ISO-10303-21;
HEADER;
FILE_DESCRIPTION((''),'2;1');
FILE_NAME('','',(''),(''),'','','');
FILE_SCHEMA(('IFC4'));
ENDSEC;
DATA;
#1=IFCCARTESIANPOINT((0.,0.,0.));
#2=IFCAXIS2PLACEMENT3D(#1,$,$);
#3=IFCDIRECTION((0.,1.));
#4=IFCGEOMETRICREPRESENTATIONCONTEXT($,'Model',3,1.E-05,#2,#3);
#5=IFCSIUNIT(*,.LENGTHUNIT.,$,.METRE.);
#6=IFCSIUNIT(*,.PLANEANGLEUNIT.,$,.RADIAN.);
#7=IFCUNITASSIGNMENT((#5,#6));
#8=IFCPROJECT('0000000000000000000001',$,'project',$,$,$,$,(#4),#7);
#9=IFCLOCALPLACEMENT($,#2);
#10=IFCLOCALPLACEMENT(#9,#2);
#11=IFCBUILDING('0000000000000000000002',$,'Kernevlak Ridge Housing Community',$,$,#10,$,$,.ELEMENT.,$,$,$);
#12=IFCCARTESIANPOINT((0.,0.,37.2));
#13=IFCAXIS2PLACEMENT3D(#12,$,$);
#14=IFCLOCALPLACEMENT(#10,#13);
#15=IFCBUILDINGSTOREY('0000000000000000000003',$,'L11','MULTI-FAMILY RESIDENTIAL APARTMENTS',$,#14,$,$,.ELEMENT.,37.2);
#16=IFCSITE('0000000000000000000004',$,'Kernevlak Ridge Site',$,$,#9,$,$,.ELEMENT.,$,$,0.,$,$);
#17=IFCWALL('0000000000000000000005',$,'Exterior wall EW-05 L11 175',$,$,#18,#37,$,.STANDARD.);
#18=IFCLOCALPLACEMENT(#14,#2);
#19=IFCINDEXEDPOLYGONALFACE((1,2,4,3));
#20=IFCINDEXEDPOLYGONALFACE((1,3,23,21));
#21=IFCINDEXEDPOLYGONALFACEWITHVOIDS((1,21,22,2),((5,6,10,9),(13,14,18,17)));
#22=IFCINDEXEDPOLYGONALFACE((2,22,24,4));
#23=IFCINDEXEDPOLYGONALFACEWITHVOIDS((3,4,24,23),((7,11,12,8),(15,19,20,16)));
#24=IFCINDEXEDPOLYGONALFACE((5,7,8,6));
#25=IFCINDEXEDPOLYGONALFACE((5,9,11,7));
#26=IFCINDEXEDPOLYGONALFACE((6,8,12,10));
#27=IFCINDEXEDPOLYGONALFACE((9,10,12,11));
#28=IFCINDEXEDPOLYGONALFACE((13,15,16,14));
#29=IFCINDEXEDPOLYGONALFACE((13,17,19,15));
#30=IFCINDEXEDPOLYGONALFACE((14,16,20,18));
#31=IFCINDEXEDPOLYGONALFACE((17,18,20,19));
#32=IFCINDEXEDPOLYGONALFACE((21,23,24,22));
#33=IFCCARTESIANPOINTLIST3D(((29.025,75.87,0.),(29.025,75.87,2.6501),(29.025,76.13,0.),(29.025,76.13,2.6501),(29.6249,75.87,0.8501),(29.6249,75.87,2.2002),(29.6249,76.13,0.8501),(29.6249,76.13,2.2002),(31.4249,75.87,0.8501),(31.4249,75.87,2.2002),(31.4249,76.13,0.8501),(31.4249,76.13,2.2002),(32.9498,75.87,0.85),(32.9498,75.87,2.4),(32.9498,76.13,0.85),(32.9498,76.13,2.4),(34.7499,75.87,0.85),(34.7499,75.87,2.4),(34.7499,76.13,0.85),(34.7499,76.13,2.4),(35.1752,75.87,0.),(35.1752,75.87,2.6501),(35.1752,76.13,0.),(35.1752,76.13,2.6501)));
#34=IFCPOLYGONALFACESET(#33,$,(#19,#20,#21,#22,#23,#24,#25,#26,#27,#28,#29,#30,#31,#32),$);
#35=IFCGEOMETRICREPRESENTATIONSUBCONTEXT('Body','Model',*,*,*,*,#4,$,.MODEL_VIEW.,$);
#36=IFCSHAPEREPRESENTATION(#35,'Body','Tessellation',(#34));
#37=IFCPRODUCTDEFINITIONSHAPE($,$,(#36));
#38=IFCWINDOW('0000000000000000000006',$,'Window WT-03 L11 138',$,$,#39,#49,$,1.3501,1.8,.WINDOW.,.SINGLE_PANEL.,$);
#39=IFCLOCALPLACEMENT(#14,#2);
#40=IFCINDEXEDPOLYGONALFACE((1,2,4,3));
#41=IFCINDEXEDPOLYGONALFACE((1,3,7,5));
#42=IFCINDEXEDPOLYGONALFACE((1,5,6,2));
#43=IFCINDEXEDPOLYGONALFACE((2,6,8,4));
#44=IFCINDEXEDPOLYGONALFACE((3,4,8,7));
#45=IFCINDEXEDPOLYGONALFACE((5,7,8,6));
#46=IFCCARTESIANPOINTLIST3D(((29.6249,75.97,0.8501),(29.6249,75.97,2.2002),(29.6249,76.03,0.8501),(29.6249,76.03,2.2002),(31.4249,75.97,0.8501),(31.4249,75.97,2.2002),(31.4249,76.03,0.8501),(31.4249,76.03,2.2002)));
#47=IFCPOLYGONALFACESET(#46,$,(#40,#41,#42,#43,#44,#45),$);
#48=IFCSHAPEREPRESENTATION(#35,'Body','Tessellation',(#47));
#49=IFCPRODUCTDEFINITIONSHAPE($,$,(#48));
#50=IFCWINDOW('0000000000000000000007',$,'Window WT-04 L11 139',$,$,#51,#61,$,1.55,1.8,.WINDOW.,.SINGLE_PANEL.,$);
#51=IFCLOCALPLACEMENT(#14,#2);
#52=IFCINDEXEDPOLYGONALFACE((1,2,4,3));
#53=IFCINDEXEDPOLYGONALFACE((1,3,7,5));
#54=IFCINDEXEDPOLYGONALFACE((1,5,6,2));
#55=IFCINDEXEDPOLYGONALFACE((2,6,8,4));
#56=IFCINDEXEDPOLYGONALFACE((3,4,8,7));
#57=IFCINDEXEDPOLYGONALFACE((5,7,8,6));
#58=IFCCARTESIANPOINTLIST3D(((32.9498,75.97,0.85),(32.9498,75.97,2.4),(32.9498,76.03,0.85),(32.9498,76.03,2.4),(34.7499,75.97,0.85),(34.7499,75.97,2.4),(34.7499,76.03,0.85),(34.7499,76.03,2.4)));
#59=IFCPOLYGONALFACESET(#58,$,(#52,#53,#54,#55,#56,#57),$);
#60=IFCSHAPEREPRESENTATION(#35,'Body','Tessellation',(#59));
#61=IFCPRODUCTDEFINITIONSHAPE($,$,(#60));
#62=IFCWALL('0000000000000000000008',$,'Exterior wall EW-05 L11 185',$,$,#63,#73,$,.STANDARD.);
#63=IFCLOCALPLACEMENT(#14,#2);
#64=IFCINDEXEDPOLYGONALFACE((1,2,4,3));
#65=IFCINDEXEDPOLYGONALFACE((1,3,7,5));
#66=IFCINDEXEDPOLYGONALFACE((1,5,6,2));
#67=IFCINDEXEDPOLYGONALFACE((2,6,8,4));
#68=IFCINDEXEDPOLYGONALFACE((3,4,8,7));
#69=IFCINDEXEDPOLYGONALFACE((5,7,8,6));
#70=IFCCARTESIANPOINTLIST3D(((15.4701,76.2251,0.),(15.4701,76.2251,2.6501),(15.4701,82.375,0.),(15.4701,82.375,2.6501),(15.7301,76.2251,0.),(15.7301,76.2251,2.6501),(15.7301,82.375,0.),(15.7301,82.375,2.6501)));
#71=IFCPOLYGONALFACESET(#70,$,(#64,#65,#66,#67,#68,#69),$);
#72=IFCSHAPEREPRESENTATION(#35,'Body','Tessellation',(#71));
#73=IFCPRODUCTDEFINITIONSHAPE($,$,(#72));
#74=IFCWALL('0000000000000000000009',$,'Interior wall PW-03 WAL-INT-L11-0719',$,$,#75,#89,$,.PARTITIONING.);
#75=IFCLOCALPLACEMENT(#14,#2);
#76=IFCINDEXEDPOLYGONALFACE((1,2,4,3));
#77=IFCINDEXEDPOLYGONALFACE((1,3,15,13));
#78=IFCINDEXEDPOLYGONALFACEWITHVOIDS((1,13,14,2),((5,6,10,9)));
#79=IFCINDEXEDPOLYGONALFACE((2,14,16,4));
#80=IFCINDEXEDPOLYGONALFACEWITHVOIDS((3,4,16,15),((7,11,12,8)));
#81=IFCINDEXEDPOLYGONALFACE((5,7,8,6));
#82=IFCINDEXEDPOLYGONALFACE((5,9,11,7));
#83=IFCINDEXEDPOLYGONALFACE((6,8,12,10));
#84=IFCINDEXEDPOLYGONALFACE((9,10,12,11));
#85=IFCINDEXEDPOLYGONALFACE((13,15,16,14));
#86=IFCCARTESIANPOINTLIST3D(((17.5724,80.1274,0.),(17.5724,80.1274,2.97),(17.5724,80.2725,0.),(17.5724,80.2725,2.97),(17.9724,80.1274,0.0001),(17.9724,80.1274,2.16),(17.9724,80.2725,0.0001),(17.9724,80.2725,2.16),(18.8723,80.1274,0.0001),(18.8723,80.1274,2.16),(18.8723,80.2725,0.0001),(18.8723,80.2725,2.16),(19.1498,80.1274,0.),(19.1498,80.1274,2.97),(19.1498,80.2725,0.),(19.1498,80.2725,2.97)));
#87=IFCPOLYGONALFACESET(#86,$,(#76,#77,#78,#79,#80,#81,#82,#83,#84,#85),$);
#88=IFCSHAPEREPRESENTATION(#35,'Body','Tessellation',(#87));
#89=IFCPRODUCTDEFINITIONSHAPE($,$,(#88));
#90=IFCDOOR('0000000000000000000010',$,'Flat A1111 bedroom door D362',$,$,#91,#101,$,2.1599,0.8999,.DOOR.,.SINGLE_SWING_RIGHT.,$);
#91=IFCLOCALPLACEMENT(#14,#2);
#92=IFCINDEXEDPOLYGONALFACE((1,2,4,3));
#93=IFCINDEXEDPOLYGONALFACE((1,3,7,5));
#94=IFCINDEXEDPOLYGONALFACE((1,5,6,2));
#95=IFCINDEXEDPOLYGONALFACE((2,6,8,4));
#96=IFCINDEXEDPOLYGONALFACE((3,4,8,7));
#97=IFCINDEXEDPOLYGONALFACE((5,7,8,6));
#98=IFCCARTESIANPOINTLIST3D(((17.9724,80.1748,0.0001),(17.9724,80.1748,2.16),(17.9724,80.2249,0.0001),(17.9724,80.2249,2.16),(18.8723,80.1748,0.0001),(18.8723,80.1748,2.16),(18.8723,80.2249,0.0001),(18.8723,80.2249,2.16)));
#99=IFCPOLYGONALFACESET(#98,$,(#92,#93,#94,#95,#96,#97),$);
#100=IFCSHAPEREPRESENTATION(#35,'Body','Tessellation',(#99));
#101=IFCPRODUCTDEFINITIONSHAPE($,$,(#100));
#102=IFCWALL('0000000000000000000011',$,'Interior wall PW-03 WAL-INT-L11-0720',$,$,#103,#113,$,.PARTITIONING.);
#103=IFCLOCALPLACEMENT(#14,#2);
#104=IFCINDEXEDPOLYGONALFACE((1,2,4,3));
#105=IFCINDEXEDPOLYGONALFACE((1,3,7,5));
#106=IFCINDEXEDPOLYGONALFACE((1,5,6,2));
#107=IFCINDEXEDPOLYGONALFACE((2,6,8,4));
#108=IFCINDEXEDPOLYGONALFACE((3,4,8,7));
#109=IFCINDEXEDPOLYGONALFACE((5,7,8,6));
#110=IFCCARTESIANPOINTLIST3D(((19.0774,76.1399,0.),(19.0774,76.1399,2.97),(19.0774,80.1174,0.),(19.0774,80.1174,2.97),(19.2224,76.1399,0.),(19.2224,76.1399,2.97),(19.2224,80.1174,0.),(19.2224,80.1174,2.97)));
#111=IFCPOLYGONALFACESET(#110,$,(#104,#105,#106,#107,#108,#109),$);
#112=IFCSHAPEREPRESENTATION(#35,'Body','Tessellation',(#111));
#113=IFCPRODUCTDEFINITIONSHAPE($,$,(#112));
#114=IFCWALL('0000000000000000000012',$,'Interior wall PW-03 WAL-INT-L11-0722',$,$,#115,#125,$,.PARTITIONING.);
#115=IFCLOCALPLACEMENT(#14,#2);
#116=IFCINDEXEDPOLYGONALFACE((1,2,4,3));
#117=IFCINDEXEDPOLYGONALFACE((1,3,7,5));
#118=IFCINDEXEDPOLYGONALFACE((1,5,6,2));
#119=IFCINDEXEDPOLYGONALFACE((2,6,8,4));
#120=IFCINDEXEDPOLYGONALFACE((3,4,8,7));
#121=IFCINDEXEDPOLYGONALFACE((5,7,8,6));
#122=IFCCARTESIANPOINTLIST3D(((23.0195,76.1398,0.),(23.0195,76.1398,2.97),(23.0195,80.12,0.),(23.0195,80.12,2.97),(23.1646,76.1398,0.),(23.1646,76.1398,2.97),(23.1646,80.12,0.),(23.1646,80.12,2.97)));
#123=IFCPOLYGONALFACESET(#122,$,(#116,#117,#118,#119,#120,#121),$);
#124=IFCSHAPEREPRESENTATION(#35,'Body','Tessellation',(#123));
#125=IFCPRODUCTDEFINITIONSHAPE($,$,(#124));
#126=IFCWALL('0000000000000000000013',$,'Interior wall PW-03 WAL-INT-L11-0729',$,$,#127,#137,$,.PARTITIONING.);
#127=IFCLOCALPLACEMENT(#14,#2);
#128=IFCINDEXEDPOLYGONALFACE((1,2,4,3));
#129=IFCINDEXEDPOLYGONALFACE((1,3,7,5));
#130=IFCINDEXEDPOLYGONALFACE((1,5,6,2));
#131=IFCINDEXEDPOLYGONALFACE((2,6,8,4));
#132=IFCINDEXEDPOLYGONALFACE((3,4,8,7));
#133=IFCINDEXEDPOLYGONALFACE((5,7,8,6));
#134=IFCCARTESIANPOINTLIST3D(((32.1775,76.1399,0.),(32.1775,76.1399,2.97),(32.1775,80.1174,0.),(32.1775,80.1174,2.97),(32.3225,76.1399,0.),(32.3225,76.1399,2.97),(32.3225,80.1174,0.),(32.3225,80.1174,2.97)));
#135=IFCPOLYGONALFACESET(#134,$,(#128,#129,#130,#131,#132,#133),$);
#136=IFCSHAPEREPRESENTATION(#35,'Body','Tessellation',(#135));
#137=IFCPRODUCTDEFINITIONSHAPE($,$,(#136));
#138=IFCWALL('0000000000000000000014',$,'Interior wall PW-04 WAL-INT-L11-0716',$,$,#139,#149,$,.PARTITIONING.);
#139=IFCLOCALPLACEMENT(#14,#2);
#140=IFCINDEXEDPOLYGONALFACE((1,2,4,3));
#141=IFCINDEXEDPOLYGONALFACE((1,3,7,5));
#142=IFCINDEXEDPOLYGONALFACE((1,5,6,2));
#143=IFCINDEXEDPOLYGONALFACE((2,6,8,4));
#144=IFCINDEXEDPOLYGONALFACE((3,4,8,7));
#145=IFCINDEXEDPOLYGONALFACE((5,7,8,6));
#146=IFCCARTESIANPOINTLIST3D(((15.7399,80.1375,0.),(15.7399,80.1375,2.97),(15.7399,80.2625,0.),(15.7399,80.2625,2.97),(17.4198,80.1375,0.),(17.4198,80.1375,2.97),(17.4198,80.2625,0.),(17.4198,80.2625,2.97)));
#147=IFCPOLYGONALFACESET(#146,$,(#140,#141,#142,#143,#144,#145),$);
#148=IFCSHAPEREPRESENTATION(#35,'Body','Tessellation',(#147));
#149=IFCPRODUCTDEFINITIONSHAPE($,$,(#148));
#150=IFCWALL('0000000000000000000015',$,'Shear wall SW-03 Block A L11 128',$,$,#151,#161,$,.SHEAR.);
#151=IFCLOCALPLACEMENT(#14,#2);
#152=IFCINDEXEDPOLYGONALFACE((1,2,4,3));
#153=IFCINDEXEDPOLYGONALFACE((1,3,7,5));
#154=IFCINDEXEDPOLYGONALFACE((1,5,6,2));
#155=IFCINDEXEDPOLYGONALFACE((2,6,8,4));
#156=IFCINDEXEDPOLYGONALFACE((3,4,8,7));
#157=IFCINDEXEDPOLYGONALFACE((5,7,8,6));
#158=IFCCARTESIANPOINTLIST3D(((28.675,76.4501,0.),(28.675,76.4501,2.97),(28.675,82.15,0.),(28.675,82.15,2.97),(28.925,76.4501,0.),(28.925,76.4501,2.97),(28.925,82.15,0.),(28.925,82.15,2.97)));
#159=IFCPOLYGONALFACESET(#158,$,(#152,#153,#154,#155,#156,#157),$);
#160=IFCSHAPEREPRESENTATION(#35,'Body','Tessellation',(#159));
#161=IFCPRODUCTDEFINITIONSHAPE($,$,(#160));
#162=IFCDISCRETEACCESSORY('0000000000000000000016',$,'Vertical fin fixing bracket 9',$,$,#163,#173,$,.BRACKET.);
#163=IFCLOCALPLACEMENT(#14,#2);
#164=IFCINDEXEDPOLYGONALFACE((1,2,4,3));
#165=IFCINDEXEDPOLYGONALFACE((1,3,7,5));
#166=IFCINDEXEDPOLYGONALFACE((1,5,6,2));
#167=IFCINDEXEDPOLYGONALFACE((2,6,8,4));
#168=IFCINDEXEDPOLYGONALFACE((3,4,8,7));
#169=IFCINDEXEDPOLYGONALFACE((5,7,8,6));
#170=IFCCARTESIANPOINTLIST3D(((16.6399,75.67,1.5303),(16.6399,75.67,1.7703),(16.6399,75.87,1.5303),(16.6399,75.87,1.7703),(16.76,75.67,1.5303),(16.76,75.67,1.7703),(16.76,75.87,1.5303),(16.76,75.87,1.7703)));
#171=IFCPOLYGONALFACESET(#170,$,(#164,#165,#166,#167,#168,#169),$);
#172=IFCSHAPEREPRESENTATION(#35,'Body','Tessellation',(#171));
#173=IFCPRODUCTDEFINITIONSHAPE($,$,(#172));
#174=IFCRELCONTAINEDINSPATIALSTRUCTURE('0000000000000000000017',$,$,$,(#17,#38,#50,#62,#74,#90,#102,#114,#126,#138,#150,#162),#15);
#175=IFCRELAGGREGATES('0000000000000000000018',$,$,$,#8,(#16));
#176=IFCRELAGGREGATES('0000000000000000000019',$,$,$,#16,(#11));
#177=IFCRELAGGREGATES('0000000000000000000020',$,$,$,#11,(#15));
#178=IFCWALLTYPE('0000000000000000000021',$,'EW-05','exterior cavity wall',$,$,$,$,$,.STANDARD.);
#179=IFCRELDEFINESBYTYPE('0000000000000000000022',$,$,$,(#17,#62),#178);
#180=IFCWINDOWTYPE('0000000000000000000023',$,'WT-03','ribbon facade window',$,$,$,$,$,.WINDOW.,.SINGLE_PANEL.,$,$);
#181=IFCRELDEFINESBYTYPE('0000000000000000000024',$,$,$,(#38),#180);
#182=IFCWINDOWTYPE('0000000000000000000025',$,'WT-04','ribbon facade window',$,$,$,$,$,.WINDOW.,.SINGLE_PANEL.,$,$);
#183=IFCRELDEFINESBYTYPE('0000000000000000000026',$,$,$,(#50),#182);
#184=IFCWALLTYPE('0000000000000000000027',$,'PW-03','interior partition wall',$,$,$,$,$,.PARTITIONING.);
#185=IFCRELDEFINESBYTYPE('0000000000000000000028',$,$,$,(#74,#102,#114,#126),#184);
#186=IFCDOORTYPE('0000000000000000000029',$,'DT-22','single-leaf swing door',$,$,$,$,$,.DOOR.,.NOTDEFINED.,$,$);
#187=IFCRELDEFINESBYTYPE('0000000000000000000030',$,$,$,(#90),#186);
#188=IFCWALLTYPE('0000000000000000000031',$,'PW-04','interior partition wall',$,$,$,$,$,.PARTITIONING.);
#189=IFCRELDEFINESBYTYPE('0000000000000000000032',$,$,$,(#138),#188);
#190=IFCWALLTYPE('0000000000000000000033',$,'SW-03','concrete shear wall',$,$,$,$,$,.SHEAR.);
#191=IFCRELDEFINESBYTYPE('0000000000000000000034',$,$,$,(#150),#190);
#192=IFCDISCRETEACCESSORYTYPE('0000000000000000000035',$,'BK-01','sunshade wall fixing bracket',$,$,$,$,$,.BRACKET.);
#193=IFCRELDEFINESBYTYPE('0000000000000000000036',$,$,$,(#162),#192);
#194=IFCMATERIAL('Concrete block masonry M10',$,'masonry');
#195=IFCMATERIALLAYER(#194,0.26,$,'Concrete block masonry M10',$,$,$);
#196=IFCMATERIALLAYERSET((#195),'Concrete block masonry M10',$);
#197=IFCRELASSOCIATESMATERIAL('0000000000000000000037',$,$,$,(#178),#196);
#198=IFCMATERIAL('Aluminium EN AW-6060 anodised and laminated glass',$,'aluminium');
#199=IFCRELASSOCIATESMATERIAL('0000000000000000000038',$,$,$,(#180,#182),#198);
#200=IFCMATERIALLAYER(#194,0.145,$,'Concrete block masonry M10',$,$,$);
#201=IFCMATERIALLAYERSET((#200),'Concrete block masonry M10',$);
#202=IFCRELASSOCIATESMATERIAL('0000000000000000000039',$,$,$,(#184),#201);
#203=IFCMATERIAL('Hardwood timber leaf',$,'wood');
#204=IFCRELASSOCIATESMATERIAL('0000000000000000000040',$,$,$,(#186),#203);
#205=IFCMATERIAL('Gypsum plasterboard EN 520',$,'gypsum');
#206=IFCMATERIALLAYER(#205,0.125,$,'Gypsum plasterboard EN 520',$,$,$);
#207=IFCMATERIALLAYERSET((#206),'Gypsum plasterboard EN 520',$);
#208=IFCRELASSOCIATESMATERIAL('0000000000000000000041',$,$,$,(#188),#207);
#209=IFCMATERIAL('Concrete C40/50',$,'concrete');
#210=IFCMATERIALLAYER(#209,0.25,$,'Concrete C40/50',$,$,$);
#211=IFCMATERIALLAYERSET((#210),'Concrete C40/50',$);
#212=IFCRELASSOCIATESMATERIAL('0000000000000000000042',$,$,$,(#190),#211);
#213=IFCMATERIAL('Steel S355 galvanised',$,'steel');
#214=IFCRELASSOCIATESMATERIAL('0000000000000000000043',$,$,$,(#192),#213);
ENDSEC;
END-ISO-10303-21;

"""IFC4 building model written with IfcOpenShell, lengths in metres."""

from ifc_helpers import new_model, si_unit, direction, frame, frame_2d, origin, origin_2d, place, context, subcontext, project, spatial, rectangle, extrude, material, layer, layer_set, type_object, element, fill, save


model = new_model("IFC4")

# Units and contexts
model_context = context("Model", 3, precision=1e-05, world=origin(), true_north=direction((0.0, 1.0)))
body_context = subcontext(model_context, "Body", "Model", "MODEL_VIEW")
ifc_project = project(units=[si_unit("LENGTHUNIT", "METRE"), si_unit("PLANEANGLEUNIT", "RADIAN")], contexts=[model_context])

# Site, building, storey
site_placement = place(None, origin())
site = spatial("IfcSite", under=ifc_project, at=site_placement, Name="Kernevlak Ridge Site", CompositionType="ELEMENT", RefElevation=0.0)
building_placement = place(site_placement, origin())
building = spatial("IfcBuilding", under=site, at=building_placement, Name="Kernevlak Ridge Housing Community", CompositionType="ELEMENT")
storey_placement = place(building_placement, frame((0.0, 0.0, 37.2)))
storey = spatial("IfcBuildingStorey", under=building, at=storey_placement, Name="L11", Description="MULTI-FAMILY RESIDENTIAL APARTMENTS", CompositionType="ELEMENT", Elevation=37.2)

# Shared definitions
ifc_material_1 = material(Name="Concrete block masonry M10", Category="masonry")
ifc_layer_1 = layer(ifc_material_1, 0.26, Name="Concrete block masonry M10")
ifc_layer_set_1 = layer_set([ifc_layer_1], Name="Concrete block masonry M10")
wall_type_1 = type_object("IfcWallType", Name="EW-05", Description="exterior cavity wall", PredefinedType="STANDARD", material=ifc_layer_set_1)
ifc_material_2 = material(Name="Aluminium EN AW-6060 anodised and laminated glass", Category="aluminium")
window_type_1 = type_object("IfcWindowType", Name="WT-03", Description="ribbon facade window", PartitioningType="SINGLE_PANEL", PredefinedType="WINDOW", material=ifc_material_2)

# Wall, openings, windows
wall_1_placement = place(storey_placement, frame((29.0249, 76.0, 0.0), z_axis=(0.0, 0.0, 1.0), x_axis=(1.0, 0.0, 0.0)))
wall_1 = element("IfcWall", 1, at=wall_1_placement, inside=storey, type_object=wall_type_1, Name="Exterior wall EW-05 L11 175", PredefinedType="STANDARD", context=body_context, shape_type="SweptSolid", body=[
    extrude(rectangle(XDim=6.1501, YDim=0.26, at=frame_2d((3.0752, 0.0))), origin(), (0.0, 0.0, 1.0), 2.6501),
])
opening_1_placement = place(wall_1_placement, frame((0.6001, 0.0, 0.8501)))
opening_1 = element("IfcOpeningElement", 2, at=opening_1_placement, cuts=wall_1, PredefinedType="OPENING", context=body_context, shape_type="SweptSolid", body=[
    extrude(rectangle(XDim=1.8, YDim=1.3501, at=frame_2d((0.8999, 0.675))), frame((0.0, 0.1399, 0.0), z_axis=(0.0, -1.0, 0.0), x_axis=(1.0, 0.0, 0.0)), (0.0, 0.0, 1.0), 0.28),
])
opening_2_placement = place(wall_1_placement, frame((3.925, 0.0, 0.8501)))
opening_2 = element("IfcOpeningElement", 3, at=opening_2_placement, cuts=wall_1, PredefinedType="OPENING", context=body_context, shape_type="SweptSolid", body=[
    extrude(rectangle(XDim=1.8, YDim=1.55, at=frame_2d((0.8999, 0.7749))), frame((0.0, 0.1399, 0.0), z_axis=(0.0, -1.0, 0.0), x_axis=(1.0, 0.0, 0.0)), (0.0, 0.0, 1.0), 0.28),
])
window_1_placement = place(opening_1_placement, origin())
window_1 = element("IfcWindow", 4, at=window_1_placement, inside=storey, type_object=window_type_1, Name="Window WT-03 L11 138", OverallHeight=1.3501, OverallWidth=1.8, PartitioningType="SINGLE_PANEL", PredefinedType="WINDOW", context=body_context, shape_type="SweptSolid", body=[
    extrude(rectangle(XDim=1.8, YDim=1.3501, at=frame_2d((0.8999, 0.675))), frame((0.0, 0.03, 0.0), z_axis=(0.0, -1.0, 0.0), x_axis=(1.0, 0.0, 0.0)), (0.0, 0.0, 1.0), 0.0601),
])
fill(opening_1, window_1)
window_type_2 = type_object("IfcWindowType", Name="WT-04", Description="ribbon facade window", PartitioningType="SINGLE_PANEL", PredefinedType="WINDOW", material=ifc_material_2)
window_2_placement = place(opening_2_placement, origin())
window_2 = element("IfcWindow", 5, at=window_2_placement, inside=storey, type_object=window_type_2, Name="Window WT-04 L11 139", OverallHeight=1.55, OverallWidth=1.8, PartitioningType="SINGLE_PANEL", PredefinedType="WINDOW", context=body_context, shape_type="SweptSolid", body=[
    extrude(rectangle(XDim=1.8, YDim=1.55, at=frame_2d((0.8999, 0.7749))), frame((0.0, 0.03, 0.0), z_axis=(0.0, -1.0, 0.0), x_axis=(1.0, 0.0, 0.0)), (0.0, 0.0, 1.0), 0.0601),
])
fill(opening_2, window_2)

# Wall
wall_2_placement = place(storey_placement, frame((15.6001, 76.2251, 0.0), z_axis=(0.0, 0.0, 1.0), x_axis=(0.0, 1.0, 0.0)))
element("IfcWall", 6, at=wall_2_placement, inside=storey, type_object=wall_type_1, Name="Exterior wall EW-05 L11 185", PredefinedType="STANDARD", context=body_context, shape_type="SweptSolid", body=[
    extrude(rectangle(XDim=6.1499, YDim=0.26, at=frame_2d((3.075, 0.0))), origin(), (0.0, 0.0, 1.0), 2.6501),
])

# Wall, opening, door
ifc_layer_2 = layer(ifc_material_1, 0.145, Name="Concrete block masonry M10")
ifc_layer_set_2 = layer_set([ifc_layer_2], Name="Concrete block masonry M10")
wall_type_2 = type_object("IfcWallType", Name="PW-03", Description="interior partition wall", PredefinedType="PARTITIONING", material=ifc_layer_set_2)
wall_3_placement = place(storey_placement, frame((17.5725, 80.2, 0.0), z_axis=(0.0, 0.0, 1.0), x_axis=(1.0, 0.0, 0.0)))
wall_3 = element("IfcWall", 7, at=wall_3_placement, inside=storey, type_object=wall_type_2, Name="Interior wall PW-03 WAL-INT-L11-0719", PredefinedType="PARTITIONING", context=body_context, shape_type="SweptSolid", body=[
    extrude(rectangle(XDim=1.5774, YDim=0.145, at=frame_2d((0.7886, 0.0))), origin(), (0.0, 0.0, 1.0), 2.97),
])
opening_3_placement = place(wall_3_placement, frame((0.3999, 0.0, 0.0)))
opening_3 = element("IfcOpeningElement", 8, at=opening_3_placement, cuts=wall_3, PredefinedType="OPENING", context=body_context, shape_type="SweptSolid", body=[
    extrude(rectangle(XDim=0.8999, YDim=2.1599, at=frame_2d((0.45, 1.0801))), frame((0.0, 0.0825, 0.0), z_axis=(0.0, -1.0, 0.0), x_axis=(1.0, 0.0, 0.0)), (0.0, 0.0, 1.0), 0.165),
])
ifc_material_3 = material(Name="Hardwood timber leaf", Category="wood")
door_type = type_object("IfcDoorType", Name="DT-22", Description="single-leaf swing door", OperationType="NOTDEFINED", PredefinedType="DOOR", material=ifc_material_3)
door_placement = place(opening_3_placement, origin())
door = element("IfcDoor", 9, at=door_placement, inside=storey, type_object=door_type, Name="Flat A1111 bedroom door D362", OperationType="SINGLE_SWING_RIGHT", OverallHeight=2.1599, OverallWidth=0.8999, PredefinedType="DOOR", context=body_context, shape_type="SweptSolid", body=[
    extrude(rectangle(XDim=0.8999, YDim=2.1599, at=frame_2d((0.45, 1.0801))), frame((0.0, 0.0249, 0.0), z_axis=(0.0, -1.0, 0.0), x_axis=(1.0, 0.0, 0.0)), (0.0, 0.0, 1.0), 0.05),
])
fill(opening_3, door)

# Walls
wall_4_placement = place(storey_placement, frame((19.1499, 80.1174, 0.0), z_axis=(0.0, 0.0, 1.0), x_axis=(0.0, -1.0, 0.0)))
element("IfcWall", 10, at=wall_4_placement, inside=storey, type_object=wall_type_2, Name="Interior wall PW-03 WAL-INT-L11-0720", PredefinedType="PARTITIONING", context=body_context, shape_type="SweptSolid", body=[
    extrude(rectangle(XDim=3.9775, YDim=0.145, at=frame_2d((1.9888, 0.0))), origin(), (0.0, 0.0, 1.0), 2.97),
])
wall_5_placement = place(storey_placement, frame((23.092, 80.1201, 0.0), z_axis=(0.0, 0.0, 1.0), x_axis=(0.0, -1.0, 0.0)))
element("IfcWall", 11, at=wall_5_placement, inside=storey, type_object=wall_type_2, Name="Interior wall PW-03 WAL-INT-L11-0722", PredefinedType="PARTITIONING", context=body_context, shape_type="SweptSolid", body=[
    extrude(rectangle(XDim=3.9802, YDim=0.145, at=frame_2d((1.9902, 0.0))), origin(), (0.0, 0.0, 1.0), 2.97),
])
wall_6_placement = place(storey_placement, frame((32.25, 80.1174, 0.0), z_axis=(0.0, 0.0, 1.0), x_axis=(0.0, -1.0, 0.0)))
element("IfcWall", 12, at=wall_6_placement, inside=storey, type_object=wall_type_2, Name="Interior wall PW-03 WAL-INT-L11-0729", PredefinedType="PARTITIONING", context=body_context, shape_type="SweptSolid", body=[
    extrude(rectangle(XDim=3.9775, YDim=0.145, at=frame_2d((1.9888, 0.0))), origin(), (0.0, 0.0, 1.0), 2.97),
])
ifc_material_4 = material(Name="Gypsum plasterboard EN 520", Category="gypsum")
ifc_layer_3 = layer(ifc_material_4, 0.125, Name="Gypsum plasterboard EN 520")
ifc_layer_set_3 = layer_set([ifc_layer_3], Name="Gypsum plasterboard EN 520")
wall_type_3 = type_object("IfcWallType", Name="PW-04", Description="interior partition wall", PredefinedType="PARTITIONING", material=ifc_layer_set_3)
wall_7_placement = place(storey_placement, frame((15.74, 80.2, 0.0), z_axis=(0.0, 0.0, 1.0), x_axis=(1.0, 0.0, 0.0)))
element("IfcWall", 13, at=wall_7_placement, inside=storey, type_object=wall_type_3, Name="Interior wall PW-04 WAL-INT-L11-0716", PredefinedType="PARTITIONING", context=body_context, shape_type="SweptSolid", body=[
    extrude(rectangle(XDim=1.6799, YDim=0.125, at=frame_2d((0.8398, 0.0))), origin(), (0.0, 0.0, 1.0), 2.97),
])
ifc_material_5 = material(Name="Concrete C40/50", Category="concrete")
ifc_layer_4 = layer(ifc_material_5, 0.25, Name="Concrete C40/50")
ifc_layer_set_4 = layer_set([ifc_layer_4], Name="Concrete C40/50")
wall_type_4 = type_object("IfcWallType", Name="SW-03", Description="concrete shear wall", PredefinedType="SHEAR", material=ifc_layer_set_4)
wall_8_placement = place(storey_placement, frame((28.8, 76.45, 0.0), z_axis=(0.0, 0.0, 1.0), x_axis=(0.0, 1.0, 0.0)))
element("IfcWall", 14, at=wall_8_placement, inside=storey, type_object=wall_type_4, Name="Shear wall SW-03 Block A L11 128", PredefinedType="SHEAR", context=body_context, shape_type="SweptSolid", body=[
    extrude(rectangle(XDim=5.7, YDim=0.25, at=frame_2d((2.8501, 0.0))), origin(), (0.0, 0.0, 1.0), 2.97),
])

# Discrete accessory
ifc_material_6 = material(Name="Steel S355 galvanised", Category="steel")
discrete_accessory_type = type_object("IfcDiscreteAccessoryType", Name="BK-01", Description="sunshade wall fixing bracket", PredefinedType="BRACKET", material=ifc_material_6)
discrete_accessory_placement = place(storey_placement, frame((16.7, 75.77, 1.5303), z_axis=(0.0, 0.0, 1.0), x_axis=(1.0, 0.0, 0.0)))
element("IfcDiscreteAccessory", 15, at=discrete_accessory_placement, inside=storey, type_object=discrete_accessory_type, Name="Vertical fin fixing bracket 9", PredefinedType="BRACKET", context=body_context, shape_type="SweptSolid", body=[
    extrude(rectangle(XDim=0.1201, YDim=0.2, at=origin_2d()), origin(), (0.0, 0.0, 1.0), 0.24),
])

save(model, "model.ifc")
